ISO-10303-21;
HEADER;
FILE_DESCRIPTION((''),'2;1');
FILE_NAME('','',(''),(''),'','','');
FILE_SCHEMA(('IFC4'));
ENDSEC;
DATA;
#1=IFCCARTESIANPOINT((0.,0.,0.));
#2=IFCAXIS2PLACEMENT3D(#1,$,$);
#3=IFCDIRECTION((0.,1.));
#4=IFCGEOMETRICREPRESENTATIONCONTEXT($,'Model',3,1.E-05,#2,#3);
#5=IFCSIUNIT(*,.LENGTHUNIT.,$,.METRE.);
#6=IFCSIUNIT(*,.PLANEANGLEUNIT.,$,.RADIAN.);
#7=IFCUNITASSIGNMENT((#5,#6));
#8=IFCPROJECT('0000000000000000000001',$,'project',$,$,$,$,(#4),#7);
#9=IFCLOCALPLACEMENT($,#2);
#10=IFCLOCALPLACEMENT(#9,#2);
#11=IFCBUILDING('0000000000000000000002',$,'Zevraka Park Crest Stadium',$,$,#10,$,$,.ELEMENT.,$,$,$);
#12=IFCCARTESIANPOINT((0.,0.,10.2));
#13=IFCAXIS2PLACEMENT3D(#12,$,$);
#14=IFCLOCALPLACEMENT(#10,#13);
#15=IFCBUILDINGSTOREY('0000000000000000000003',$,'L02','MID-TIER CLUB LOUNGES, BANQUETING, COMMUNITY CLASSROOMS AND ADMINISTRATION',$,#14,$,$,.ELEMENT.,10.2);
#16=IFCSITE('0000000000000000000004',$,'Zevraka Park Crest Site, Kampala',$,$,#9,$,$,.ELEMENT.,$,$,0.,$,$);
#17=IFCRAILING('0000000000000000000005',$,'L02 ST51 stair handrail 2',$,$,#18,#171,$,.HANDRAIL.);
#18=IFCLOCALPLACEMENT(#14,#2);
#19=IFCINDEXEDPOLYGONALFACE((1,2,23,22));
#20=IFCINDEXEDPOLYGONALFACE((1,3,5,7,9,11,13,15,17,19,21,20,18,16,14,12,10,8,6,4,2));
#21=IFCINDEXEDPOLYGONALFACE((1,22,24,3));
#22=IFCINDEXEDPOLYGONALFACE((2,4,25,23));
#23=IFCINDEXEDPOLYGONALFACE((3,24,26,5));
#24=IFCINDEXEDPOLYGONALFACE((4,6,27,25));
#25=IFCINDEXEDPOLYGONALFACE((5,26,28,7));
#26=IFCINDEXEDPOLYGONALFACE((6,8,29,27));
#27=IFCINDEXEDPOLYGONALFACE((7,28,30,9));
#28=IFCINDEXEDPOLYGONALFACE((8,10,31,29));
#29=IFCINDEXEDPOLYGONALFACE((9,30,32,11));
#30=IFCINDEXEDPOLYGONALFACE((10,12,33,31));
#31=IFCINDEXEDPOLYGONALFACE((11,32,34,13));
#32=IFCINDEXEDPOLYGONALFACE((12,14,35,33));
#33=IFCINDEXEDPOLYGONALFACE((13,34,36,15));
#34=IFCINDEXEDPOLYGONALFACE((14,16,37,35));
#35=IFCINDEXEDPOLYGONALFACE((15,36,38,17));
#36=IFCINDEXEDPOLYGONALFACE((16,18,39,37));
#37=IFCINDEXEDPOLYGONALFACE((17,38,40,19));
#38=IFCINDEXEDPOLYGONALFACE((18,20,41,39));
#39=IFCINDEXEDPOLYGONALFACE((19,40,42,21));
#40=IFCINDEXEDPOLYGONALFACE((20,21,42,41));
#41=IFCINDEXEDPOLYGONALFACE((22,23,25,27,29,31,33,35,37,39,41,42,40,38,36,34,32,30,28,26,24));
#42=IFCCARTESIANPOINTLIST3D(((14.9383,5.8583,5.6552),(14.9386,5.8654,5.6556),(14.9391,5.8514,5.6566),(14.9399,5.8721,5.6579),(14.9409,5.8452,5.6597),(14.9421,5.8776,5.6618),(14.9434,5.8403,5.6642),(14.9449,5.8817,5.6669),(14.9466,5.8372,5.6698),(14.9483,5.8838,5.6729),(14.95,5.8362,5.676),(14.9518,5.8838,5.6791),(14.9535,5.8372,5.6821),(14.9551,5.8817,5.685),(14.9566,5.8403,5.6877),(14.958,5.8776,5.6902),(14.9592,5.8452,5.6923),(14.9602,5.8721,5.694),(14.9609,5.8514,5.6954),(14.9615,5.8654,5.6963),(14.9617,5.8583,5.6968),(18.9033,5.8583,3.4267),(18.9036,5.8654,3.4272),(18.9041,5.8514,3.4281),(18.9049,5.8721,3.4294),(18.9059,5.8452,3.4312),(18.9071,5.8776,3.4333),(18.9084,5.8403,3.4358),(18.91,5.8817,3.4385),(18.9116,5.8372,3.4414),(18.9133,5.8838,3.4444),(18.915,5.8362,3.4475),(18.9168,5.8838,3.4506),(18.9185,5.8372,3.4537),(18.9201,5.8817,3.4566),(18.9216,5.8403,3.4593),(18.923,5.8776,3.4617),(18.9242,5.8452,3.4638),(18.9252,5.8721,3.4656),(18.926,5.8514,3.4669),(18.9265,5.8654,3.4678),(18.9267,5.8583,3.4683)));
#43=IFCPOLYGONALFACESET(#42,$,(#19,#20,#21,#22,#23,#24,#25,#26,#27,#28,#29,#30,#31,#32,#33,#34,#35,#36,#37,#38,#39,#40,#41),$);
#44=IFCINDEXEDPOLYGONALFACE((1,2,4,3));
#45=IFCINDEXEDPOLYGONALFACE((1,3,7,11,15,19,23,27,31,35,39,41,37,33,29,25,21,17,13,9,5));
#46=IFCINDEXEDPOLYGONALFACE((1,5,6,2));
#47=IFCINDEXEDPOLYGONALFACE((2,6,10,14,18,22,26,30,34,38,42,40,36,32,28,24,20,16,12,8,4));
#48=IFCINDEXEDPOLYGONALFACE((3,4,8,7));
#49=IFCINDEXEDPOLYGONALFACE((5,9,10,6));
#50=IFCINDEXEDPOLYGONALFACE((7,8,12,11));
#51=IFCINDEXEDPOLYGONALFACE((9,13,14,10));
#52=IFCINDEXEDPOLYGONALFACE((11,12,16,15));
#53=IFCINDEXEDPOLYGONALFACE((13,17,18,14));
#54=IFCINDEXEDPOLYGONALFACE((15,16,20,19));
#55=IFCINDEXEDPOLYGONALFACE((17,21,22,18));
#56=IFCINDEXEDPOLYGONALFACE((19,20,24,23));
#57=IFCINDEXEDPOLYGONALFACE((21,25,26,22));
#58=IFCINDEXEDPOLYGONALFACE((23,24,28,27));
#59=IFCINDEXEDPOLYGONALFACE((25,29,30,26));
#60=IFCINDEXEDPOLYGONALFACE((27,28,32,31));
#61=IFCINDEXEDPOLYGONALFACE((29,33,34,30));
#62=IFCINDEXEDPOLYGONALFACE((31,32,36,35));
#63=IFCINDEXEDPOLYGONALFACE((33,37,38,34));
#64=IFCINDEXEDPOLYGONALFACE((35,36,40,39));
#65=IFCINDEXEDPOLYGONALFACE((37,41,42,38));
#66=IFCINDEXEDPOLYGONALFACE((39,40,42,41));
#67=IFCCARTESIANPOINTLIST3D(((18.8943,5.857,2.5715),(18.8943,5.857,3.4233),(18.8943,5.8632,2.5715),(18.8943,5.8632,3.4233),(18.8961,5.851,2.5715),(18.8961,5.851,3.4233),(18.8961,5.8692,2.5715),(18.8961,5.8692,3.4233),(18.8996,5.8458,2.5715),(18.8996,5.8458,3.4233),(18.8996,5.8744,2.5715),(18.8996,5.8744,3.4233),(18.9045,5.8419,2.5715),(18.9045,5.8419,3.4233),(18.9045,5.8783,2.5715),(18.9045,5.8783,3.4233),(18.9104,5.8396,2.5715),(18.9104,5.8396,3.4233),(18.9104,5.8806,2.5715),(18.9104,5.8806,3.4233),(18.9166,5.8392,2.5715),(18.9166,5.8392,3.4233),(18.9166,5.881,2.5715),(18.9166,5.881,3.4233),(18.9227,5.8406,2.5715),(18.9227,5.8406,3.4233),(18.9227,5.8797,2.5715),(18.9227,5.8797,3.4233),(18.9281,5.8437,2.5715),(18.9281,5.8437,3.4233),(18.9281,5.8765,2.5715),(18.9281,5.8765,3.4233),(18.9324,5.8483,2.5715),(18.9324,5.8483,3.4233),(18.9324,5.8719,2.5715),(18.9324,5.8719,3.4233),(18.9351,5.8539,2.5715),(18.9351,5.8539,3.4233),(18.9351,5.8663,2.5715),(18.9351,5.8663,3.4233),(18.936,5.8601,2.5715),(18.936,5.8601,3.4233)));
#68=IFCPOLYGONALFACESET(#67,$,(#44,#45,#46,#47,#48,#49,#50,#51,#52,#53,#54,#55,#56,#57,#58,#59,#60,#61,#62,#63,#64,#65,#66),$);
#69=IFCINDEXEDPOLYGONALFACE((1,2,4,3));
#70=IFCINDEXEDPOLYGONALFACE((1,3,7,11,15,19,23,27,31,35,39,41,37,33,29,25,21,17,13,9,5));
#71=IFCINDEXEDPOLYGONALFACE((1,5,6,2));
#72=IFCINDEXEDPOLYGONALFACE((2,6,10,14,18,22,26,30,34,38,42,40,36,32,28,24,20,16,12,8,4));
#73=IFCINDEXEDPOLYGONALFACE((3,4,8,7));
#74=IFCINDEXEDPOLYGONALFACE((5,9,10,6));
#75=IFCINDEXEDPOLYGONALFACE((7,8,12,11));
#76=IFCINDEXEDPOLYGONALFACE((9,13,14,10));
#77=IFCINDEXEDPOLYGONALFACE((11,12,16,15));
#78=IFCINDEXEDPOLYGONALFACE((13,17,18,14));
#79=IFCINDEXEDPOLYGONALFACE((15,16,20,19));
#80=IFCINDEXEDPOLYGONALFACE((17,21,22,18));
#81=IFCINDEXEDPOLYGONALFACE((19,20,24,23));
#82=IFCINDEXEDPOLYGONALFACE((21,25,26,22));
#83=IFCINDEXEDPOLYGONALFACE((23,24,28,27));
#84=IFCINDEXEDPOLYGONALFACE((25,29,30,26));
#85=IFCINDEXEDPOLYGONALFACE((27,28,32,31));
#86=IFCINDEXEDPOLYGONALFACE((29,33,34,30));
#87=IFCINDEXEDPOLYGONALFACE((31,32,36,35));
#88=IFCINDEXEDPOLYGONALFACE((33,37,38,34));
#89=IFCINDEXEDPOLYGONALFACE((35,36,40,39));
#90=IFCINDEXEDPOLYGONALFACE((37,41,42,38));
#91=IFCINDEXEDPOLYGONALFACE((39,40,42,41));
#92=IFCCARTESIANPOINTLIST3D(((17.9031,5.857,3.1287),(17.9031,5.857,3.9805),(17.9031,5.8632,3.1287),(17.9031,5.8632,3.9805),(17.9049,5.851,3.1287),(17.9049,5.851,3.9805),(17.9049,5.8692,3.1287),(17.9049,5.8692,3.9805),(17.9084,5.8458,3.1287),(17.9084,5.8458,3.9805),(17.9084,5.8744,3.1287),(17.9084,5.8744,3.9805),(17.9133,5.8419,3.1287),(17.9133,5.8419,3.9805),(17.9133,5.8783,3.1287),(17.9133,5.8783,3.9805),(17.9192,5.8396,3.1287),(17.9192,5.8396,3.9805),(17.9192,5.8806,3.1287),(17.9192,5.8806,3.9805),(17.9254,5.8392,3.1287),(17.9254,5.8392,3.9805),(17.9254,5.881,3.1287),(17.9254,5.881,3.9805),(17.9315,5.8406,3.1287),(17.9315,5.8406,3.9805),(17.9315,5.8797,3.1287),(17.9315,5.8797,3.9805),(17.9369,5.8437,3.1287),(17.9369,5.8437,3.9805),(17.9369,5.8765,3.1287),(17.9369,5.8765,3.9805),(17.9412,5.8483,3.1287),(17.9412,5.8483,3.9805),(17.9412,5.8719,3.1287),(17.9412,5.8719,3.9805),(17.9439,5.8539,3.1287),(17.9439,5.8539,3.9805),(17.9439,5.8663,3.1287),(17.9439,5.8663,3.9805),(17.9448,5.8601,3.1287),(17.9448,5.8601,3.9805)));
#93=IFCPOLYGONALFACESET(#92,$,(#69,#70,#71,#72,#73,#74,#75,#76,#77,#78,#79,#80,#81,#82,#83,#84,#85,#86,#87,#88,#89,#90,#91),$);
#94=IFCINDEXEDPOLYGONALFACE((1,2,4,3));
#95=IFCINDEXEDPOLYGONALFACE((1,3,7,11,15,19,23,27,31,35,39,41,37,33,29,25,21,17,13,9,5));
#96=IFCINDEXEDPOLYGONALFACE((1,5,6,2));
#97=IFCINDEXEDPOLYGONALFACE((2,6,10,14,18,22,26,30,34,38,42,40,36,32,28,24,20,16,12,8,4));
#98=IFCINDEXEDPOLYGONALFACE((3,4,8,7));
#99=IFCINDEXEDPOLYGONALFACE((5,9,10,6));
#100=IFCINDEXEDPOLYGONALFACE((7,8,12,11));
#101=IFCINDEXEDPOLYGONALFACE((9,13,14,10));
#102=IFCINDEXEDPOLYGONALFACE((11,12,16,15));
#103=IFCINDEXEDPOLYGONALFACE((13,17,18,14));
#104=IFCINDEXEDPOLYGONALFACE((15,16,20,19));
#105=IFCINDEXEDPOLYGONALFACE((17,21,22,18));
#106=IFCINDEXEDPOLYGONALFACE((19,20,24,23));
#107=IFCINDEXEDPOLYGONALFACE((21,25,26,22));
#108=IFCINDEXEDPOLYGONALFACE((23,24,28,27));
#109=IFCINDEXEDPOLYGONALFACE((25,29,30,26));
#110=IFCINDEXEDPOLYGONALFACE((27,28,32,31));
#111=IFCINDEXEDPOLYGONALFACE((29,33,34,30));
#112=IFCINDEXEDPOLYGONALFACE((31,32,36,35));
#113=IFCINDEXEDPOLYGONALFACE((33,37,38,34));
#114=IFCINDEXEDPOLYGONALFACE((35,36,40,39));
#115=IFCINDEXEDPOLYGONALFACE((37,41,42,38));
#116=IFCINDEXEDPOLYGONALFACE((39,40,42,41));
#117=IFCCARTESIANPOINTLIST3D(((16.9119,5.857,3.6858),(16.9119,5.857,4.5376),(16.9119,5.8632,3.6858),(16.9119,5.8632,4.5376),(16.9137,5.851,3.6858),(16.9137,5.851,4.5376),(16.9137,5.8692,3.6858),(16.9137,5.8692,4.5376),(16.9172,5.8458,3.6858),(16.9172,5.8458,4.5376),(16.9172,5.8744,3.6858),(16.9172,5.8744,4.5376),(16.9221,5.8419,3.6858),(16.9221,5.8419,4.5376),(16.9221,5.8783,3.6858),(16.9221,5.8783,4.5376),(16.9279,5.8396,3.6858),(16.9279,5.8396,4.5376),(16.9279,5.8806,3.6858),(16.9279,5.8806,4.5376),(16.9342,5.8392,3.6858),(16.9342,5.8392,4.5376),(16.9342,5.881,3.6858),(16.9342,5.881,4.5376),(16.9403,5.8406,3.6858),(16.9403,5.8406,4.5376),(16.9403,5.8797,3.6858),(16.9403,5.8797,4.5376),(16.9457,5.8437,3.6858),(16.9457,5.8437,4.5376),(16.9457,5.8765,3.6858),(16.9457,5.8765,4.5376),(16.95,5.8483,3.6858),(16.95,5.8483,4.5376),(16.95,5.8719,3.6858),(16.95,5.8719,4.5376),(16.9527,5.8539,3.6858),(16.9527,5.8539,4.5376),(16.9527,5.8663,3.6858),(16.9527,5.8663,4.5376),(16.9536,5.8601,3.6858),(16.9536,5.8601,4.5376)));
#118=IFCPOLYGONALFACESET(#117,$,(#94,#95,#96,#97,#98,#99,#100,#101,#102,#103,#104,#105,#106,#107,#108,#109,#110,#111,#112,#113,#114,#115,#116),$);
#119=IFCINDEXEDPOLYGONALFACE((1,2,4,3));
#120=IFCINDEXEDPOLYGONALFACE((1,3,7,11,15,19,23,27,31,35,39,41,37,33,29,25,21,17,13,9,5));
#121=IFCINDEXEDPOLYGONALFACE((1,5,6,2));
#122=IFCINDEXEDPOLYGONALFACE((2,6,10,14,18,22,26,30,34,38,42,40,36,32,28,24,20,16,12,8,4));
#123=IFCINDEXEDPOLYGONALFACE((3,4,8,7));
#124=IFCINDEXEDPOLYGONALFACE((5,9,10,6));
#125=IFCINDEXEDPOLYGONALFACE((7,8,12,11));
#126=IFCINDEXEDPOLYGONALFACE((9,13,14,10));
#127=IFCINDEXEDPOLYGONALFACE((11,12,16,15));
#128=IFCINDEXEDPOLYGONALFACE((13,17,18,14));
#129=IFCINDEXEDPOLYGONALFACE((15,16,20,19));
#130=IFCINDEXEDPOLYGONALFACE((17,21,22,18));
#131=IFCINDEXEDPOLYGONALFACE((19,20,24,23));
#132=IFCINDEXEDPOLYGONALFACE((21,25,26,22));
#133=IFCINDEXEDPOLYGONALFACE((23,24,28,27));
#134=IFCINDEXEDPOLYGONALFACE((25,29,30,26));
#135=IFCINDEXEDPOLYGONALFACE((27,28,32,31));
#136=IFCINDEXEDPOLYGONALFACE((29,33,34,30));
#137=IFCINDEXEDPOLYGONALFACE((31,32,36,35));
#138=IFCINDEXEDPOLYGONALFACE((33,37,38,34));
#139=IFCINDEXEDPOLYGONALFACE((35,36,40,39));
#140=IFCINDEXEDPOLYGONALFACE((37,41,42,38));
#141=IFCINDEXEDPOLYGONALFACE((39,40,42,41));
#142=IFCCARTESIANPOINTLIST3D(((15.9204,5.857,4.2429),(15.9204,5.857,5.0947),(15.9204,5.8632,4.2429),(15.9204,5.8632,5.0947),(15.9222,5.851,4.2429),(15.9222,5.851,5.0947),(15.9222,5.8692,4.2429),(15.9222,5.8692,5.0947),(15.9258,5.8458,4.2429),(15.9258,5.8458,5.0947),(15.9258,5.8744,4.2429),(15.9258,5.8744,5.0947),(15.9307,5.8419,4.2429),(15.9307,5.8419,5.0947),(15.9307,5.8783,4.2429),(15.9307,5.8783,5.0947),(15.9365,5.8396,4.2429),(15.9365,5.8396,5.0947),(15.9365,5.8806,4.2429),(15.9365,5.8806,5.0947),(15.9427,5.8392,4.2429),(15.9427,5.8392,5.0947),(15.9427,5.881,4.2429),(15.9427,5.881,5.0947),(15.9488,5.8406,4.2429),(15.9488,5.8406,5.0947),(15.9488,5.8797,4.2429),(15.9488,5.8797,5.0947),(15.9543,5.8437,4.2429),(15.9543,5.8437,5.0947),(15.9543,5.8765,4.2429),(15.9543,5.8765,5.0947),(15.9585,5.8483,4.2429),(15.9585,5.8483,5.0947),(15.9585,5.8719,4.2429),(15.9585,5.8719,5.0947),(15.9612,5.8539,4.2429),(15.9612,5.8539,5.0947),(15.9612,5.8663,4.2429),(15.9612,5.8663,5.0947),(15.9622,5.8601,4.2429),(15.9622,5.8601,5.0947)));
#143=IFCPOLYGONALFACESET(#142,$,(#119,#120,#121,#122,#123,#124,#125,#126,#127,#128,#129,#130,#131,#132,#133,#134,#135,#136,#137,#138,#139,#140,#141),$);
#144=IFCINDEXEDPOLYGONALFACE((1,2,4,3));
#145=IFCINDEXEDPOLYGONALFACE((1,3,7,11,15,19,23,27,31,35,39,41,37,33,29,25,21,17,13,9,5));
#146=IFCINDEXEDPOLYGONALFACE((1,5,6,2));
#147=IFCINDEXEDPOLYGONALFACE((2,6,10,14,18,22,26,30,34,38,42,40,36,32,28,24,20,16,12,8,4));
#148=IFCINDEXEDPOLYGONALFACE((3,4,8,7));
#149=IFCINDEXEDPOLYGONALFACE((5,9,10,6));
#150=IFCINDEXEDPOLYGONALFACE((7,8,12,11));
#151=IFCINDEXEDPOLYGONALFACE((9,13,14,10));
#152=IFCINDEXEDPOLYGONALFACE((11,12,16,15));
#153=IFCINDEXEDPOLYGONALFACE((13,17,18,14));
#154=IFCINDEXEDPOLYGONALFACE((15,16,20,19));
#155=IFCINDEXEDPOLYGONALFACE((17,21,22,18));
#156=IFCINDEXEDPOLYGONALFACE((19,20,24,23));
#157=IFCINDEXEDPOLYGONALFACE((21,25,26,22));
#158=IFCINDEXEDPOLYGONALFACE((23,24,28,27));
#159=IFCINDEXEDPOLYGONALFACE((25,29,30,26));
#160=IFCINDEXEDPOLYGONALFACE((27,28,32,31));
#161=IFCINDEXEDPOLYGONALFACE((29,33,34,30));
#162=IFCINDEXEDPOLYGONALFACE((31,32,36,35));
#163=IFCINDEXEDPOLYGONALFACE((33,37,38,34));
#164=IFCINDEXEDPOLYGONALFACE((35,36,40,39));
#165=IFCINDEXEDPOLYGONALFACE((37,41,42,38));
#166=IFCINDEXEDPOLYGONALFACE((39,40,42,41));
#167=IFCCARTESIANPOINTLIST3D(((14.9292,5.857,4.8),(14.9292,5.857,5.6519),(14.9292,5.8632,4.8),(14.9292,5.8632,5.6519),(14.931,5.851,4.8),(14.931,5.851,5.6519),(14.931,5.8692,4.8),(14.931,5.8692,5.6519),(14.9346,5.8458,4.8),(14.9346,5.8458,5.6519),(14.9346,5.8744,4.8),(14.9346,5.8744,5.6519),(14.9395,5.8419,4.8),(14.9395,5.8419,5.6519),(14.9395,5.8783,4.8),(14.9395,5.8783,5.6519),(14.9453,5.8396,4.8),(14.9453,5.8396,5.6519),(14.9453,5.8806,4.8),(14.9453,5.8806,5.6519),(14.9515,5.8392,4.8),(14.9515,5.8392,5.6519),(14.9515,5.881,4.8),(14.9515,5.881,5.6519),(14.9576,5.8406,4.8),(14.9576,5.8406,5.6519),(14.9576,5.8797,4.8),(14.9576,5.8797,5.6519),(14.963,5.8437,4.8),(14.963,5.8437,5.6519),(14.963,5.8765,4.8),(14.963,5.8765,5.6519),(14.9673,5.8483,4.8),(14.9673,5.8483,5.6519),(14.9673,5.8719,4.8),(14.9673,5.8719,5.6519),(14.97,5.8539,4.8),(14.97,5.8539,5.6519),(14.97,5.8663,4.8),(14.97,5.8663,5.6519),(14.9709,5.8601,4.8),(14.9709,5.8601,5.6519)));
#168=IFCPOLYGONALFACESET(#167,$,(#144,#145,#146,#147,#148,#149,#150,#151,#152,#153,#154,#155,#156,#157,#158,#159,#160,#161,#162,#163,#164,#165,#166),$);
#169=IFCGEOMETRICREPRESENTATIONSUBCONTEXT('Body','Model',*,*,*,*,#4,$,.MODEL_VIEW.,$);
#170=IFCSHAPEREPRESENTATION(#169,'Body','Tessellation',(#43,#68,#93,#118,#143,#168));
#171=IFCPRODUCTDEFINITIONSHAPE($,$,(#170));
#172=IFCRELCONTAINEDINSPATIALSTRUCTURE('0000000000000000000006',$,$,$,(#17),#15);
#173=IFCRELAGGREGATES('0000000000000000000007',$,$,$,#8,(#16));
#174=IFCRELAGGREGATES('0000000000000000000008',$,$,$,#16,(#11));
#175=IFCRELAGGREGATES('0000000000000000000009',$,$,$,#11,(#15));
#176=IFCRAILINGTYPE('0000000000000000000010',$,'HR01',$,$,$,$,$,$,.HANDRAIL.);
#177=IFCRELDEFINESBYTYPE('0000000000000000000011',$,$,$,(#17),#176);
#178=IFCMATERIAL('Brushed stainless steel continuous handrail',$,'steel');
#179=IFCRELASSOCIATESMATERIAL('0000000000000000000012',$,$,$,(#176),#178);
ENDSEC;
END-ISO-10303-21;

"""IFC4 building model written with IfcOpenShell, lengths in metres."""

from ifc_helpers import new_model, si_unit, direction, frame, origin, origin_2d, place, context, subcontext, project, spatial, circle, extrude, material, type_object, element, save


model = new_model("IFC4")

# Units and contexts
model_context = context("Model", 3, precision=1e-05, world=origin(), true_north=direction((0.0, 1.0)))
body_context = subcontext(model_context, "Body", "Model", "MODEL_VIEW")
ifc_project = project(units=[si_unit("LENGTHUNIT", "METRE"), si_unit("PLANEANGLEUNIT", "RADIAN")], contexts=[model_context])

# Site, building, storey
site_placement = place(None, origin())
site = spatial("IfcSite", under=ifc_project, at=site_placement, Name="Zevraka Park Crest Site, Kampala", CompositionType="ELEMENT", RefElevation=0.0)
building_placement = place(site_placement, origin())
building = spatial("IfcBuilding", under=site, at=building_placement, Name="Zevraka Park Crest Stadium", CompositionType="ELEMENT")
storey_placement = place(building_placement, frame((0.0, 0.0, 10.2)))
storey = spatial("IfcBuildingStorey", under=building, at=storey_placement, Name="L02", Description="MID-TIER CLUB LOUNGES, BANQUETING, COMMUNITY CLASSROOMS AND ADMINISTRATION", CompositionType="ELEMENT", Elevation=10.2)

# Railing
ifc_material_1 = material(Name="Brushed stainless steel continuous handrail", Category="steel")
railing_type_1 = type_object("IfcRailingType", Name="HR01", PredefinedType="HANDRAIL", material=ifc_material_1)
railing_1_placement = place(storey_placement, frame((18.915, 5.8601, 2.5715)))
element("IfcRailing", 1, at=railing_1_placement, inside=storey, type_object=railing_type_1, Name="L02 ST51 stair handrail 2", PredefinedType="HANDRAIL", context=body_context, shape_type="SweptSolid", body=[
    extrude(circle(Radius=0.0239, at=origin_2d()), frame((0.0, 0.0, 0.876), z_axis=(-0.871749, 0.0, 0.489953), x_axis=(0.0, -1.0, 0.0)), (0.0, 0.0, 1.0), 4.5483),
    extrude(circle(Radius=0.021, at=origin_2d()), origin(), (0.0, 0.0, 1.0), 0.8518),
    extrude(circle(Radius=0.021, at=origin_2d()), frame((-0.9912, 0.0, 0.5571)), (0.0, 0.0, 1.0), 0.8518),
    extrude(circle(Radius=0.021, at=origin_2d()), frame((-1.9824, 0.0, 1.1143)), (0.0, 0.0, 1.0), 0.8518),
    extrude(circle(Radius=0.021, at=origin_2d()), frame((-2.9739, 0.0, 1.6714)), (0.0, 0.0, 1.0), 0.8518),
    extrude(circle(Radius=0.021, at=origin_2d()), frame((-3.9651, 0.0, 2.2285)), (0.0, 0.0, 1.0), 0.8518),
])

save(model, "model.ifc")
